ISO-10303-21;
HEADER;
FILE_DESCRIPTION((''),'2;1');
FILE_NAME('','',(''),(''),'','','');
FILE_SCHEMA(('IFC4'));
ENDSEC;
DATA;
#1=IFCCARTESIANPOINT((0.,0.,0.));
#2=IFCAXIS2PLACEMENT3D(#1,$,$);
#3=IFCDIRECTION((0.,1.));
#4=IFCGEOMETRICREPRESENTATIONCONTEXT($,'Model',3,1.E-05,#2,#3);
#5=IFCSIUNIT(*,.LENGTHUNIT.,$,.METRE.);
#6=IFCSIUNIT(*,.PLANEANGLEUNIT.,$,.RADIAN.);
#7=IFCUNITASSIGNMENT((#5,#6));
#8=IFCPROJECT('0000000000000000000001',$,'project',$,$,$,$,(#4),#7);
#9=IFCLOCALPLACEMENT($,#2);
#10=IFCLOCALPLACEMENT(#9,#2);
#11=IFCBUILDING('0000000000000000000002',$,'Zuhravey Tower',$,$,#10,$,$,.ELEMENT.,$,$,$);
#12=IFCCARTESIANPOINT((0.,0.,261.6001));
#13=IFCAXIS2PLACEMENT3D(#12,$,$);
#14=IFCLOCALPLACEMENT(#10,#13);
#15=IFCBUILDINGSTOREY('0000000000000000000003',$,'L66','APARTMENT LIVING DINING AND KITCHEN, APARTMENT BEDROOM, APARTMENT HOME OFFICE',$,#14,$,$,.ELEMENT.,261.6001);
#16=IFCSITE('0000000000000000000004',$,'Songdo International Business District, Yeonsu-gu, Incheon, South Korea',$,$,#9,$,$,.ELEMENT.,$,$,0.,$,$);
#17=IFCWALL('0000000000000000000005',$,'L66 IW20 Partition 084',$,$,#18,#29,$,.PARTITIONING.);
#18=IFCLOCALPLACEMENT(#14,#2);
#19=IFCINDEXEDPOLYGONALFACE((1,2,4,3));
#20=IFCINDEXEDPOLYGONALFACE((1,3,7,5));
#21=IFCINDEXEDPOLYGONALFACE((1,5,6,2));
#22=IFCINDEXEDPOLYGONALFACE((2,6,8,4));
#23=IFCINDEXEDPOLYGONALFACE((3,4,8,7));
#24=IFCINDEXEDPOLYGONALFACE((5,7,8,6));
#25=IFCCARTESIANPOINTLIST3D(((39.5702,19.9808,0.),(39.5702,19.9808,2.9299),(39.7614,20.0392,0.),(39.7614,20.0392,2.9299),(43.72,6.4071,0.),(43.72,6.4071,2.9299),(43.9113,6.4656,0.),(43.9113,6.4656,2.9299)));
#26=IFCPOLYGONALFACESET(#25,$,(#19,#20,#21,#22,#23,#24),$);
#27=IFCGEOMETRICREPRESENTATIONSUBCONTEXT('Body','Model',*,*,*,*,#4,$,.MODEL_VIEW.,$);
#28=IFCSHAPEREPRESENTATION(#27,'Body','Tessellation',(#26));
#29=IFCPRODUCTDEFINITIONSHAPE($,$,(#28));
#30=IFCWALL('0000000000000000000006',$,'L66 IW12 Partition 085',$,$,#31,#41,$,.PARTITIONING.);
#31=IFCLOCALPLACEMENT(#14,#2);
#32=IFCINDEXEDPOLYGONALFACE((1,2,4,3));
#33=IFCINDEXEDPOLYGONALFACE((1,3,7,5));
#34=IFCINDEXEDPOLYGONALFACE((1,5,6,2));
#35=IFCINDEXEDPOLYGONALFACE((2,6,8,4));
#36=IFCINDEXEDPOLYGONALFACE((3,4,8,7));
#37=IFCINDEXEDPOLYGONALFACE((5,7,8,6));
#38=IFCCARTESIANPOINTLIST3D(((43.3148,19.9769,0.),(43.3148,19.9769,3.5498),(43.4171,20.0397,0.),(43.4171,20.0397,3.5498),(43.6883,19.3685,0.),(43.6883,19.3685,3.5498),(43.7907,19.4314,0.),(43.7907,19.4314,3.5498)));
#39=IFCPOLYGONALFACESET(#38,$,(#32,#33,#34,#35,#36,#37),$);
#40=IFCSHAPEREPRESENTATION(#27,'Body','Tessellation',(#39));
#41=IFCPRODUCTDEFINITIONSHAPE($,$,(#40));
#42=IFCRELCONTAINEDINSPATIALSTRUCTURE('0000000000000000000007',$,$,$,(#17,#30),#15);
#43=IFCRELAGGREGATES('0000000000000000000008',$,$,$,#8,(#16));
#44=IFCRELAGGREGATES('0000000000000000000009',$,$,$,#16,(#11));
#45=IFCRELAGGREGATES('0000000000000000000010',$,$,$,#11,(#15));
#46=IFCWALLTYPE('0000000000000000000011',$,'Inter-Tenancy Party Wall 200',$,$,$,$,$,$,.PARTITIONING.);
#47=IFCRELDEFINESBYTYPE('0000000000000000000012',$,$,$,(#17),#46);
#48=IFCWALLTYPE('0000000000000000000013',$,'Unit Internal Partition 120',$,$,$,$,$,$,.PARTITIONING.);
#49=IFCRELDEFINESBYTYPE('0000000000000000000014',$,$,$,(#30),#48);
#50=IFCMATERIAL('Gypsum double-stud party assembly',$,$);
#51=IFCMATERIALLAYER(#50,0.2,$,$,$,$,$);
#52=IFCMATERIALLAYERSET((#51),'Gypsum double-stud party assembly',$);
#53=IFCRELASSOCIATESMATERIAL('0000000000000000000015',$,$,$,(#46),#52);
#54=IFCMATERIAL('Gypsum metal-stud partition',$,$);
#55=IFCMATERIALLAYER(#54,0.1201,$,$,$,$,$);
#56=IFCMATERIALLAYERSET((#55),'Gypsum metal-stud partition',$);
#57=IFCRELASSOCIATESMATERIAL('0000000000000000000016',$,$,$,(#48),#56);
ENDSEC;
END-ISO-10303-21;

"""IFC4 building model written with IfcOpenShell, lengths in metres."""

from ifc_helpers import new_model, si_unit, direction, frame, frame_2d, origin, place, context, subcontext, project, spatial, rectangle, extrude, material, layer, layer_set, type_object, element, save


model = new_model("IFC4")

# Units and contexts
model_context = context("Model", 3, precision=1e-05, world=origin(), true_north=direction((0.0, 1.0)))
body_context = subcontext(model_context, "Body", "Model", "MODEL_VIEW")
ifc_project = project(units=[si_unit("LENGTHUNIT", "METRE"), si_unit("PLANEANGLEUNIT", "RADIAN")], contexts=[model_context])

# Site, building, storey
site_placement = place(None, origin())
site = spatial("IfcSite", under=ifc_project, at=site_placement, Name="Songdo International Business District, Yeonsu-gu, Incheon, South Korea", CompositionType="ELEMENT", RefElevation=0.0)
building_placement = place(site_placement, origin())
building = spatial("IfcBuilding", under=site, at=building_placement, Name="Zuhravey Tower", CompositionType="ELEMENT")
storey_placement = place(building_placement, frame((0.0, 0.0, 261.6001)))
storey = spatial("IfcBuildingStorey", under=building, at=storey_placement, Name="L66", Description="APARTMENT LIVING DINING AND KITCHEN, APARTMENT BEDROOM, APARTMENT HOME OFFICE", CompositionType="ELEMENT", Elevation=261.6001)

# Walls
ifc_material_1 = material(Name="Gypsum double-stud party assembly")
ifc_layer_1 = layer(ifc_material_1, 0.2)
ifc_layer_set_1 = layer_set([ifc_layer_1], Name="Gypsum double-stud party assembly")
wall_type_1 = type_object("IfcWallType", Name="Inter-Tenancy Party Wall 200", PredefinedType="PARTITIONING", material=ifc_layer_set_1)
wall_1_placement = place(storey_placement, frame((39.6658, 20.01, 0.0), z_axis=(0.0, 0.0, 1.0), x_axis=(0.292371, -0.956305, 0.0)))
element("IfcWall", 1, at=wall_1_placement, inside=storey, type_object=wall_type_1, Name="L66 IW20 Partition 084", PredefinedType="PARTITIONING", context=body_context, shape_type="SweptSolid", body=[
    extrude(rectangle(XDim=14.1938, YDim=0.2, at=frame_2d((7.0969, 0.0))), origin(), (0.0, 0.0, 1.0), 2.9299),
])
ifc_material_2 = material(Name="Gypsum metal-stud partition")
ifc_layer_2 = layer(ifc_material_2, 0.1201)
ifc_layer_set_2 = layer_set([ifc_layer_2], Name="Gypsum metal-stud partition")
wall_type_2 = type_object("IfcWallType", Name="Unit Internal Partition 120", PredefinedType="PARTITIONING", material=ifc_layer_set_2)
wall_2_placement = place(storey_placement, frame((43.366, 20.0083, 0.0), z_axis=(0.0, 0.0, 1.0), x_axis=(0.523219, -0.852198, 0.0)))
element("IfcWall", 2, at=wall_2_placement, inside=storey, type_object=wall_type_2, Name="L66 IW12 Partition 085", PredefinedType="PARTITIONING", context=body_context, shape_type="SweptSolid", body=[
    extrude(rectangle(XDim=0.7139, YDim=0.1201, at=frame_2d((0.3569, 0.0))), origin(), (0.0, 0.0, 1.0), 3.5498),
])

save(model, "model.ifc")
